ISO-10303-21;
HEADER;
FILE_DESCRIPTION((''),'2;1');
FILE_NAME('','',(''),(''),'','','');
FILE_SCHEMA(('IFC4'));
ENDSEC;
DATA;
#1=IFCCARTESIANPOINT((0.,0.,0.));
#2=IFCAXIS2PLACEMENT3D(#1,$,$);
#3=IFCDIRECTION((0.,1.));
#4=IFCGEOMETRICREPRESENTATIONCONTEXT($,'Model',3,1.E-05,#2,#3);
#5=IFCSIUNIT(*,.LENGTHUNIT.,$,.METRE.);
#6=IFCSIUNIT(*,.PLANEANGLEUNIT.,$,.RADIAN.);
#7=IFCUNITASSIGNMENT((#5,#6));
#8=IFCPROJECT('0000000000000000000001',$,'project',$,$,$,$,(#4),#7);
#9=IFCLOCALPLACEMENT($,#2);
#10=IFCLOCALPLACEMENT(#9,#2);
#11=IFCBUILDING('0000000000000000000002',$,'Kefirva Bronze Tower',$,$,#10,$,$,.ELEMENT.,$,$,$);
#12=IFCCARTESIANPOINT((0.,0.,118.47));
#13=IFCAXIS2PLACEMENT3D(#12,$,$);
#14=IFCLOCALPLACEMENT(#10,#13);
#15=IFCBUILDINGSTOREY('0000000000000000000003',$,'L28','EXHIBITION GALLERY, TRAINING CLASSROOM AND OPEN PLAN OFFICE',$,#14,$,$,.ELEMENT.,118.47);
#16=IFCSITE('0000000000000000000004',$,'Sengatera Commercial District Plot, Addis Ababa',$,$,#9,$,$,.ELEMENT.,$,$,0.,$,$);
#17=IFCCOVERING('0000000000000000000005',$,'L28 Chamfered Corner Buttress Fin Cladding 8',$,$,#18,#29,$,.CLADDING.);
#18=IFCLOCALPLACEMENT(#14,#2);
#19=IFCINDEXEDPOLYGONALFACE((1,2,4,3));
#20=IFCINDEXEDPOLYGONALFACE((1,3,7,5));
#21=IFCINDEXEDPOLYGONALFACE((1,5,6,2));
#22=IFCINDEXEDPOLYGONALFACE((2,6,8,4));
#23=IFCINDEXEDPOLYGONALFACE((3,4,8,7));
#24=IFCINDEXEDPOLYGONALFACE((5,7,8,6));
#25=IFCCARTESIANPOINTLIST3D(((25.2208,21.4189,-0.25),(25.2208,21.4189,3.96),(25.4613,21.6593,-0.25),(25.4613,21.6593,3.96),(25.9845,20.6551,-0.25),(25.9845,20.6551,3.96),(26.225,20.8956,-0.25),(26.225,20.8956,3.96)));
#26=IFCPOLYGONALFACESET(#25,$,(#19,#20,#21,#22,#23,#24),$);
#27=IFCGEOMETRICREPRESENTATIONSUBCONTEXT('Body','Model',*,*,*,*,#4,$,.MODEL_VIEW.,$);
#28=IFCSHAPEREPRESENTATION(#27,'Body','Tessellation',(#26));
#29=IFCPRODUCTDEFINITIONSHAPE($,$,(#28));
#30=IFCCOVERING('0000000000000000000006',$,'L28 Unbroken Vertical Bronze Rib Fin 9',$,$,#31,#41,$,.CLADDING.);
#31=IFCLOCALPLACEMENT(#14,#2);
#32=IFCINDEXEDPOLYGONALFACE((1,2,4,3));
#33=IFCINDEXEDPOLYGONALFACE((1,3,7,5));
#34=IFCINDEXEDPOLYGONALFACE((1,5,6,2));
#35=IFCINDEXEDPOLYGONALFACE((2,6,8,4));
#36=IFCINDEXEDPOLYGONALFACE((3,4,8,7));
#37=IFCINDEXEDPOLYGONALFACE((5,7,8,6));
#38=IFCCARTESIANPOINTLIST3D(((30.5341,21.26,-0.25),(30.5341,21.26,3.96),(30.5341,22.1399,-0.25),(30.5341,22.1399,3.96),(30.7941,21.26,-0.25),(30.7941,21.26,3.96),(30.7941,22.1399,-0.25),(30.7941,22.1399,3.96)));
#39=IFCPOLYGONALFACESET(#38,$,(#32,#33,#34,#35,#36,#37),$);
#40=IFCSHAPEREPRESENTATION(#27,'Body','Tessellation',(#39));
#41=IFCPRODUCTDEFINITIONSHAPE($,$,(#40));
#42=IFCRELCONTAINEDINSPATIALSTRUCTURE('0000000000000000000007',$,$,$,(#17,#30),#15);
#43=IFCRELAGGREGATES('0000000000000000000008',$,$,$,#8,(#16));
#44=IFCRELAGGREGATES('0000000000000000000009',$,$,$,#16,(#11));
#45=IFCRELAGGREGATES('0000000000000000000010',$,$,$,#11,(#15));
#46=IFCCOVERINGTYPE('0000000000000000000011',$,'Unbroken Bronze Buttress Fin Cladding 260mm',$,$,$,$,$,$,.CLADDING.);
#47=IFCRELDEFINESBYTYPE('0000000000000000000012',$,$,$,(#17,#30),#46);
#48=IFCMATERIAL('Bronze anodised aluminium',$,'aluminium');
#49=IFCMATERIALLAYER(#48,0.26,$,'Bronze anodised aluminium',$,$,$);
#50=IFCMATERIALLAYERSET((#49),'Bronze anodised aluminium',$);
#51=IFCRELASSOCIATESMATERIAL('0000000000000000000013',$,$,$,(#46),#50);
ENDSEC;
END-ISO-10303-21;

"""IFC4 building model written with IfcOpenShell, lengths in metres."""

from ifc_helpers import new_model, si_unit, direction, frame, origin, origin_2d, place, context, subcontext, project, spatial, rectangle, extrude, material, layer, layer_set, type_object, element, save


model = new_model("IFC4")

# Units and contexts
model_context = context("Model", 3, precision=1e-05, world=origin(), true_north=direction((0.0, 1.0)))
body_context = subcontext(model_context, "Body", "Model", "MODEL_VIEW")
ifc_project = project(units=[si_unit("LENGTHUNIT", "METRE"), si_unit("PLANEANGLEUNIT", "RADIAN")], contexts=[model_context])

# Site, building, storey
site_placement = place(None, origin())
site = spatial("IfcSite", under=ifc_project, at=site_placement, Name="Sengatera Commercial District Plot, Addis Ababa", CompositionType="ELEMENT", RefElevation=0.0)
building_placement = place(site_placement, origin())
building = spatial("IfcBuilding", under=site, at=building_placement, Name="Kefirva Bronze Tower", CompositionType="ELEMENT")
storey_placement = place(building_placement, frame((0.0, 0.0, 118.47)))
storey = spatial("IfcBuildingStorey", under=building, at=storey_placement, Name="L28", Description="EXHIBITION GALLERY, TRAINING CLASSROOM AND OPEN PLAN OFFICE", CompositionType="ELEMENT", Elevation=118.47)

# Shared definitions
ifc_material_1 = material(Name="Bronze anodised aluminium", Category="aluminium")

# Coverings
ifc_layer_1 = layer(ifc_material_1, 0.26, Name="Bronze anodised aluminium")
ifc_layer_set_1 = layer_set([ifc_layer_1], Name="Bronze anodised aluminium")
covering_type_1 = type_object("IfcCoveringType", Name="Unbroken Bronze Buttress Fin Cladding 260mm", PredefinedType="CLADDING", material=ifc_layer_set_1)
for number, where, z_axis, x_axis, name in (
    (1, (25.7229, 21.1572, -0.25), (0.0, 0.0, 1.0), (0.707107, 0.707107, 0.0), "L28 Chamfered Corner Buttress Fin Cladding 8"),
):
    element("IfcCovering", number, at=place(storey_placement, frame(where, z_axis=z_axis, x_axis=x_axis)), inside=storey, type_object=covering_type_1, Name=name, PredefinedType="CLADDING", context=body_context, shape_type="SweptSolid", body=[
        extrude(rectangle(XDim=0.3401, YDim=1.0801, at=origin_2d()), origin(), (0.0, 0.0, 1.0), 4.21),
    ])
covering_1_placement = place(storey_placement, frame((30.6641, 21.7, -0.25), z_axis=(0.0, 0.0, 1.0), x_axis=(1.0, 0.0, 0.0)))
element("IfcCovering", 2, at=covering_1_placement, inside=storey, type_object=covering_type_1, Name="L28 Unbroken Vertical Bronze Rib Fin 9", PredefinedType="CLADDING", context=body_context, shape_type="SweptSolid", body=[
    extrude(rectangle(XDim=0.26, YDim=0.8799, at=origin_2d()), origin(), (0.0, 0.0, 1.0), 4.21),
])

save(model, "model.ifc")
